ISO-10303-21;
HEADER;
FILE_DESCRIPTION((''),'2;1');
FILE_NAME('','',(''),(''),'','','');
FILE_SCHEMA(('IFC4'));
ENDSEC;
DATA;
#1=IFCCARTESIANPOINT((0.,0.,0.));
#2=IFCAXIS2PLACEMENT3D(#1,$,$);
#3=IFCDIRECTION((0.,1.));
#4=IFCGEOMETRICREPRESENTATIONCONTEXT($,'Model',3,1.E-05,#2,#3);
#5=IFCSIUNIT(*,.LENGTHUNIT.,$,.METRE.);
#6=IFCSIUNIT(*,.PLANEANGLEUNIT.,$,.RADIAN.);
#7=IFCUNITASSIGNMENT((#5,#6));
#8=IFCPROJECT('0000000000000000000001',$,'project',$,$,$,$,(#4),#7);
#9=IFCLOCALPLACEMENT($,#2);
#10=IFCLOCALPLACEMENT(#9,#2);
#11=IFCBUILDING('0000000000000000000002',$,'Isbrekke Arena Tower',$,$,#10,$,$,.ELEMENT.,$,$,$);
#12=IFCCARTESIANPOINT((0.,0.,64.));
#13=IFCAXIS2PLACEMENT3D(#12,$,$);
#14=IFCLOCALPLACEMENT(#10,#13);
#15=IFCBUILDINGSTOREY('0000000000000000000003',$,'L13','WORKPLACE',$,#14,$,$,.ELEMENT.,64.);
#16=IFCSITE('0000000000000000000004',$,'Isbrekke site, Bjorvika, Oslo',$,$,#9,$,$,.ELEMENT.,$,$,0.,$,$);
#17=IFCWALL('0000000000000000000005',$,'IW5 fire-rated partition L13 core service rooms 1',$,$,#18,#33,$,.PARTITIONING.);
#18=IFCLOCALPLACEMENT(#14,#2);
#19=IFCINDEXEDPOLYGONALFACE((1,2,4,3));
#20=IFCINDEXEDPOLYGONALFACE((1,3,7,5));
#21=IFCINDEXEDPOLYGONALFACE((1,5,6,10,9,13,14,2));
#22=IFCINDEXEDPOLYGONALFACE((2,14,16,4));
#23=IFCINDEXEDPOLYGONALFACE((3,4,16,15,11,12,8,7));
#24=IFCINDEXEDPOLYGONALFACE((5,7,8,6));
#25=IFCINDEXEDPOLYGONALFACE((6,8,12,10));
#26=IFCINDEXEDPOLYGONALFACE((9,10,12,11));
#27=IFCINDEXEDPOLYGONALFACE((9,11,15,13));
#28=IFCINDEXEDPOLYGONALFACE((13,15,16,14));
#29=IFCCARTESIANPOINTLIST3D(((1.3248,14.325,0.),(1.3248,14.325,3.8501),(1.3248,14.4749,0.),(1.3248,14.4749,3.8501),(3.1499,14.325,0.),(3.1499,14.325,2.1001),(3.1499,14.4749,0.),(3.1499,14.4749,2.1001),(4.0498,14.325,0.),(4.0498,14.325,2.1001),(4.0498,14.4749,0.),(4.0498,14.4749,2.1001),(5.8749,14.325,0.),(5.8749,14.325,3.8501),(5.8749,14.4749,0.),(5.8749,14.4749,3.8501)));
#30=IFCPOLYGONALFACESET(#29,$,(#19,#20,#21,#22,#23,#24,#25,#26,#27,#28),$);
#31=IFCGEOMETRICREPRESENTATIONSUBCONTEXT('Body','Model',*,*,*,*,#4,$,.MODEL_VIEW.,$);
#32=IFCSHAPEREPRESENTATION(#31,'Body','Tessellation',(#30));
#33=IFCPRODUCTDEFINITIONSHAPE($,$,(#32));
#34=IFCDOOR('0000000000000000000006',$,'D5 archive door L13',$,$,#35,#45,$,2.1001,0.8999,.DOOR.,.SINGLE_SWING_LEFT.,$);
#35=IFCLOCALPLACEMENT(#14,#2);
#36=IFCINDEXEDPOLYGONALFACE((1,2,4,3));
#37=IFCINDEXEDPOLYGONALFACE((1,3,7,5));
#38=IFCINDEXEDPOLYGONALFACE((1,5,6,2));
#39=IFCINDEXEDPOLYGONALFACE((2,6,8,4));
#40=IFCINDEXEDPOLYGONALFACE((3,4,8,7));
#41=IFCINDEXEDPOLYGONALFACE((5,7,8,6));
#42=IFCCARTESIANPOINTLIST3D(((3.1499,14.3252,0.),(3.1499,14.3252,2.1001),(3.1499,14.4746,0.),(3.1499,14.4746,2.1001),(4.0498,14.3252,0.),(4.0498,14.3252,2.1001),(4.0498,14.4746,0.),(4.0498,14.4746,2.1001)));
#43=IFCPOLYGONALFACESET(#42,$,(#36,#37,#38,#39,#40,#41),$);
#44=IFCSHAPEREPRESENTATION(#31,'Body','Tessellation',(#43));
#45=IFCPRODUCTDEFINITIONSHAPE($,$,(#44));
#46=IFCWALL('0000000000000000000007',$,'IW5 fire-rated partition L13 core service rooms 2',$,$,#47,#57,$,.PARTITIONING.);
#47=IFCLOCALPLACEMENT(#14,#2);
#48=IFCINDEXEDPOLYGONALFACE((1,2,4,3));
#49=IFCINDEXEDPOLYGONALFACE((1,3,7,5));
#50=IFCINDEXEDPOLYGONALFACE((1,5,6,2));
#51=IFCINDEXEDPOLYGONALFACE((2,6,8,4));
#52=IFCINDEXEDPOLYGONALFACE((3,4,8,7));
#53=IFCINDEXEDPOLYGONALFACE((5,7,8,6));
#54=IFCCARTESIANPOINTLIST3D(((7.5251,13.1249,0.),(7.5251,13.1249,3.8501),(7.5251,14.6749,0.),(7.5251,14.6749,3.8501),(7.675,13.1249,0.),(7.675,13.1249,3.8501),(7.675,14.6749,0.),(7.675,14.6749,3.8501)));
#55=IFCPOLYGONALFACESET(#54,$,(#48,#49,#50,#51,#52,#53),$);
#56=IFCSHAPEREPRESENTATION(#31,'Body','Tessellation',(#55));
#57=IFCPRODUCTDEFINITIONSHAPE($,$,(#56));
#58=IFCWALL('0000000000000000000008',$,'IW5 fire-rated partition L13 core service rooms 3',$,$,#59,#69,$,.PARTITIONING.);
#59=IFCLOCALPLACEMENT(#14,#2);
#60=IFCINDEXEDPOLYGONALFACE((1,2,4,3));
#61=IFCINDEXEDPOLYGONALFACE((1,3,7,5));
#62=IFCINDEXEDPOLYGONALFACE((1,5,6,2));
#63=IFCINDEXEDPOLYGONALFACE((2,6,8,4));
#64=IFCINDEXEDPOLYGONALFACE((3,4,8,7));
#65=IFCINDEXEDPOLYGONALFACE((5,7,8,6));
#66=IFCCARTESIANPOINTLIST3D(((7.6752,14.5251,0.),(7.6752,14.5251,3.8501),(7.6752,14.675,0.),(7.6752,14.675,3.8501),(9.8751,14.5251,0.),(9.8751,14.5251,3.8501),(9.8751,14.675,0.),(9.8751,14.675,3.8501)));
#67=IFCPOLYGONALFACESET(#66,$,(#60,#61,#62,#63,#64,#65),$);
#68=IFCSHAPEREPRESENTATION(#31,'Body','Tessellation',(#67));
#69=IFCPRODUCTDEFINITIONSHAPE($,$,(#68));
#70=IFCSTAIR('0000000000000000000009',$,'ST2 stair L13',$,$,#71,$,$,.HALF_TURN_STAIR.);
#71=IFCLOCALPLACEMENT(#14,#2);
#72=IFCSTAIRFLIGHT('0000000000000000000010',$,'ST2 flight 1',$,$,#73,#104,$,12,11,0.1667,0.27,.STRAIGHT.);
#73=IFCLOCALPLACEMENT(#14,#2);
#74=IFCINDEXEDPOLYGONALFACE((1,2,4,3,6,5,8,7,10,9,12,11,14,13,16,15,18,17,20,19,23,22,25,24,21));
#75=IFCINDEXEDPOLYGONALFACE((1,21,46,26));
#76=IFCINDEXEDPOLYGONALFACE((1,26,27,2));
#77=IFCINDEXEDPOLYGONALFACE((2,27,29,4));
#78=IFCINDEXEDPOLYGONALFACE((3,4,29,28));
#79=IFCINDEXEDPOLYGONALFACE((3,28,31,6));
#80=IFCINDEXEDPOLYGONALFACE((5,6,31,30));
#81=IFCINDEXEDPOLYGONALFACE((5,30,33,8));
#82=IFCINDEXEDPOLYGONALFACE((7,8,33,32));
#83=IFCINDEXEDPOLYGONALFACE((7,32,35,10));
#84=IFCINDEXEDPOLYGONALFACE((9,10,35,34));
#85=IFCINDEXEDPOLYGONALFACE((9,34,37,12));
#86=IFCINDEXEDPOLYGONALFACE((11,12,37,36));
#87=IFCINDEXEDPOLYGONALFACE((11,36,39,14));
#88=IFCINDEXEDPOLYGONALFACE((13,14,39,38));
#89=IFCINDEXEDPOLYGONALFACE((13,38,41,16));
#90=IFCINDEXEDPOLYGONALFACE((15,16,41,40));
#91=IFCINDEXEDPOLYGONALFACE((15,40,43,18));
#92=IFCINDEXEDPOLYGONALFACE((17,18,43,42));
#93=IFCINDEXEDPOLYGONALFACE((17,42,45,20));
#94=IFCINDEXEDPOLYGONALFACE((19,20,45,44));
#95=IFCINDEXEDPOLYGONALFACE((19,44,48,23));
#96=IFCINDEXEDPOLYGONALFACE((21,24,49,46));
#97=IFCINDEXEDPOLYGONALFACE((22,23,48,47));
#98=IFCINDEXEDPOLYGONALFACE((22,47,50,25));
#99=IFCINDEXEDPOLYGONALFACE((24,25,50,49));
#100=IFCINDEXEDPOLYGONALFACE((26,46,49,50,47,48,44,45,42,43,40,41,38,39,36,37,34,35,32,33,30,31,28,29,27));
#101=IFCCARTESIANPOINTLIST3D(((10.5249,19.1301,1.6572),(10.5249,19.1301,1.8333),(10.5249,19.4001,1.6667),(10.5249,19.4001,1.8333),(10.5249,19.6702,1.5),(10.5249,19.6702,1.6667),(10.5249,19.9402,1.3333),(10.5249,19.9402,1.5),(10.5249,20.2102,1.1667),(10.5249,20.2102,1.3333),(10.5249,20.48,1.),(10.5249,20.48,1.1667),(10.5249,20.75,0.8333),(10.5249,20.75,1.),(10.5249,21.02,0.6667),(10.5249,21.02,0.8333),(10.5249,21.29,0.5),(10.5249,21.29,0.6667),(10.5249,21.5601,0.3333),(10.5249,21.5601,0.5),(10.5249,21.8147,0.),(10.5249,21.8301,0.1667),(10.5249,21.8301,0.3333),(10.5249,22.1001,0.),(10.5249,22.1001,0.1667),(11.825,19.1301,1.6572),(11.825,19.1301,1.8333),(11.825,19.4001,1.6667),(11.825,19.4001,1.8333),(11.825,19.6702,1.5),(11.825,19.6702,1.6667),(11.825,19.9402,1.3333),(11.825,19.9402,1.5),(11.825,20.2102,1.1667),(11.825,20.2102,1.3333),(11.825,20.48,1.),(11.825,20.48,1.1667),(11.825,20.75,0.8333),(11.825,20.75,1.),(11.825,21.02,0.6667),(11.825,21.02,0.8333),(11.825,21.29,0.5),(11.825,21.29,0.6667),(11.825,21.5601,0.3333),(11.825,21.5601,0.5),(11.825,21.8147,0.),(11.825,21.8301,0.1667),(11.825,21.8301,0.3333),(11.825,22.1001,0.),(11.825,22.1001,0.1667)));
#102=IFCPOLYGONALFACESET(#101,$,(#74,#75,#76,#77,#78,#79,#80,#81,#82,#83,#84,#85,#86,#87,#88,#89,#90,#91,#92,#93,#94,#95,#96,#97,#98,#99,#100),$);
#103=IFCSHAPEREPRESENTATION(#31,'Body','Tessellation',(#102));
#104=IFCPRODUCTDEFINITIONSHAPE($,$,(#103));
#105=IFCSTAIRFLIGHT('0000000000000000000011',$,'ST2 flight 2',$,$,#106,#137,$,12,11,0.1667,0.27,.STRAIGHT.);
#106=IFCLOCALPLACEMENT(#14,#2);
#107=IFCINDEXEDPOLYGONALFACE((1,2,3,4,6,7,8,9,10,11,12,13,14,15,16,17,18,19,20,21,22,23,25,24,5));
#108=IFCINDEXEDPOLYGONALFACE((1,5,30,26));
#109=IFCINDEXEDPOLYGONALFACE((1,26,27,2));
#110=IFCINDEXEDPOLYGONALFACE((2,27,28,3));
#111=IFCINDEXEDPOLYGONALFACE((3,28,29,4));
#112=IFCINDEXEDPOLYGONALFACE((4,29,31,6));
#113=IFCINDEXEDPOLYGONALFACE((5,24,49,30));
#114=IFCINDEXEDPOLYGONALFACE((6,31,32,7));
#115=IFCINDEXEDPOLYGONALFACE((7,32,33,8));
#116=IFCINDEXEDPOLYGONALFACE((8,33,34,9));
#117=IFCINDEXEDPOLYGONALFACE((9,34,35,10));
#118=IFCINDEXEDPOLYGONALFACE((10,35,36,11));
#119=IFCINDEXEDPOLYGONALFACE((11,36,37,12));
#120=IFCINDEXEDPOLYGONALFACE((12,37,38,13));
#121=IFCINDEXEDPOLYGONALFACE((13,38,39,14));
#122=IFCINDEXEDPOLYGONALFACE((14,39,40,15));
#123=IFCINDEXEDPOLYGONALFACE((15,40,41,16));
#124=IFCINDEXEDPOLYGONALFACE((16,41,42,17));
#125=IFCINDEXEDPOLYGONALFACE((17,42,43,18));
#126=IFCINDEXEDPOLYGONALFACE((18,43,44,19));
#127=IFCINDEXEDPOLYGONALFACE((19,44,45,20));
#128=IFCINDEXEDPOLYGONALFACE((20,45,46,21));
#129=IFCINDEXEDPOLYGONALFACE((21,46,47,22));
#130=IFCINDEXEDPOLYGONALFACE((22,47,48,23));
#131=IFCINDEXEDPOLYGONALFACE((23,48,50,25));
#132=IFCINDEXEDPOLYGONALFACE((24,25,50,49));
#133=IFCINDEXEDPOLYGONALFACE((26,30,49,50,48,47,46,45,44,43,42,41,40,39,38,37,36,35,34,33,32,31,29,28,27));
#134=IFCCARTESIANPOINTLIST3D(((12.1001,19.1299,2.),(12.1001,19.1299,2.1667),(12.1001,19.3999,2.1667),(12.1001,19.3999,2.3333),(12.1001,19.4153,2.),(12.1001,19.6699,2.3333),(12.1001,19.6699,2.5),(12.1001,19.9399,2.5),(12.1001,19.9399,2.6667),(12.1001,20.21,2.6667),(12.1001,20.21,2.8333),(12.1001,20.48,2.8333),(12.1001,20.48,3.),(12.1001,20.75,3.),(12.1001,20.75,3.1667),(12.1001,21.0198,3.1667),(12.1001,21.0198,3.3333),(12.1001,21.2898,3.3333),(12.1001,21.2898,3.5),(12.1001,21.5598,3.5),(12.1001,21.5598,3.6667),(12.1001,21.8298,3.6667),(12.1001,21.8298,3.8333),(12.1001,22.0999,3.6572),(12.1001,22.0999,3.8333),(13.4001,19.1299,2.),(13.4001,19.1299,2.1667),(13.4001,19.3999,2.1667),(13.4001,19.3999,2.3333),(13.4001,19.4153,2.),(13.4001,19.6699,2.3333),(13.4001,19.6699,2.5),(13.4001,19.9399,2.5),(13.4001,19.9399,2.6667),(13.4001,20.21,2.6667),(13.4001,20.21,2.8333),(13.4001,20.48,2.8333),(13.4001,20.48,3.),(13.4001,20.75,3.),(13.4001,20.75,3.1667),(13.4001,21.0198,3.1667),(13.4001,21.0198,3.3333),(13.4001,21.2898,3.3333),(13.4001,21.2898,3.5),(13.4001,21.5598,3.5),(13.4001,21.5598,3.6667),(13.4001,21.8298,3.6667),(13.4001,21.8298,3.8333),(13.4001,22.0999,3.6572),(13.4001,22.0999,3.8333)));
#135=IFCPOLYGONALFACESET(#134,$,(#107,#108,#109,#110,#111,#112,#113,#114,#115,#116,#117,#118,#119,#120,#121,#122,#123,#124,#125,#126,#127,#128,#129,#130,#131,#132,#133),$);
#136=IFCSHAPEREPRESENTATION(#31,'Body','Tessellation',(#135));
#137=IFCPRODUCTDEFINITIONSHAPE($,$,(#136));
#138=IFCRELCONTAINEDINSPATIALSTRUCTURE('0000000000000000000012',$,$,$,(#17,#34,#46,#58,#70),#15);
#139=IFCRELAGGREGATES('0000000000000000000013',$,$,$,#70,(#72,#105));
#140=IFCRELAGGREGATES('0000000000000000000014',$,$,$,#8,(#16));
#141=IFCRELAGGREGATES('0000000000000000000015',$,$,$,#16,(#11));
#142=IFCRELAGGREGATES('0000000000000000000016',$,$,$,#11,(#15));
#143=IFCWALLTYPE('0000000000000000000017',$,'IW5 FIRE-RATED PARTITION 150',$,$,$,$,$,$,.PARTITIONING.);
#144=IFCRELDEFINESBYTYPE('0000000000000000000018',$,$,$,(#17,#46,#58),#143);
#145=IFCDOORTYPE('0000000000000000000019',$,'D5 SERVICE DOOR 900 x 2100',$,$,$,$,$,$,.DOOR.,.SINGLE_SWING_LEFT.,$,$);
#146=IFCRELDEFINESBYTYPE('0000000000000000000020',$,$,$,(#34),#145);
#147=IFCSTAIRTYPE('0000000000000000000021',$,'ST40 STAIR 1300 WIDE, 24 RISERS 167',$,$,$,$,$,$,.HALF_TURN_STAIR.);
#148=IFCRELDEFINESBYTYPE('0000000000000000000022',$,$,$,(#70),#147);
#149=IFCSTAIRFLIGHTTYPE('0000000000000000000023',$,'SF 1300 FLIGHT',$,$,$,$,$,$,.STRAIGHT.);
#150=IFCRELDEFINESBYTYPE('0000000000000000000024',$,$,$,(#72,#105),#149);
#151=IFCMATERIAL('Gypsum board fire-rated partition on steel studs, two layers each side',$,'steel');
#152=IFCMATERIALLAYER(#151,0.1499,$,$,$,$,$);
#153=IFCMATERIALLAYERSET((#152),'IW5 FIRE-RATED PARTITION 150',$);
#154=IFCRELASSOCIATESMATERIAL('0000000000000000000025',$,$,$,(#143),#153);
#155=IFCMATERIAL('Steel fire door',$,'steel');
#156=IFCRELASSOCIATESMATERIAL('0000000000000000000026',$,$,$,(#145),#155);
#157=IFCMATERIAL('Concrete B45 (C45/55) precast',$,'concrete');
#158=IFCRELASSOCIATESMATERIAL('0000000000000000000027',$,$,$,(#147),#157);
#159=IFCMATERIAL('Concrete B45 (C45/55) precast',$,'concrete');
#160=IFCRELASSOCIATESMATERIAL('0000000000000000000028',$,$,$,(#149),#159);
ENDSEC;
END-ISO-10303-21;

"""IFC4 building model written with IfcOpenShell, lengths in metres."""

from ifc_helpers import new_model, si_unit, direction, frame, frame_2d, origin, place, context, subcontext, project, spatial, polyline, rectangle, outline, extrude, material, layer, layer_set, type_object, element, fill, aggregate, save


model = new_model("IFC4")

# Units and contexts
model_context = context("Model", 3, precision=1e-05, world=origin(), true_north=direction((0.0, 1.0)))
body_context = subcontext(model_context, "Body", "Model", "MODEL_VIEW")
ifc_project = project(units=[si_unit("LENGTHUNIT", "METRE"), si_unit("PLANEANGLEUNIT", "RADIAN")], contexts=[model_context])

# Site, building, storey
site_placement = place(None, origin())
site = spatial("IfcSite", under=ifc_project, at=site_placement, Name="Isbrekke site, Bjorvika, Oslo", CompositionType="ELEMENT", RefElevation=0.0)
building_placement = place(site_placement, origin())
building = spatial("IfcBuilding", under=site, at=building_placement, Name="Isbrekke Arena Tower", CompositionType="ELEMENT")
storey_placement = place(building_placement, frame((0.0, 0.0, 64.0)))
storey = spatial("IfcBuildingStorey", under=building, at=storey_placement, Name="L13", Description="WORKPLACE", CompositionType="ELEMENT", Elevation=64.0)

# Wall, opening, door
ifc_material_1 = material(Name="Gypsum board fire-rated partition on steel studs, two layers each side", Category="steel")
ifc_layer_1 = layer(ifc_material_1, 0.1499)
ifc_layer_set_1 = layer_set([ifc_layer_1], Name="IW5 FIRE-RATED PARTITION 150")
wall_type_1 = type_object("IfcWallType", Name="IW5 FIRE-RATED PARTITION 150", PredefinedType="PARTITIONING", material=ifc_layer_set_1)
ifc_material_2 = material(Name="Steel fire door", Category="steel")
door_type_1 = type_object("IfcDoorType", Name="D5 SERVICE DOOR 900 x 2100", OperationType="SINGLE_SWING_LEFT", PredefinedType="DOOR", material=ifc_material_2)
wall_1_placement = place(storey_placement, frame((1.325, 14.3999, 0.0), z_axis=(0.0, 0.0, 1.0), x_axis=(1.0, 0.0, 0.0)))
wall_1 = element("IfcWall", 1, at=wall_1_placement, inside=storey, type_object=wall_type_1, Name="IW5 fire-rated partition L13 core service rooms 1", PredefinedType="PARTITIONING", context=body_context, shape_type="SweptSolid", body=[
    extrude(rectangle(XDim=4.55, YDim=0.1499, at=frame_2d((2.2749, 0.0))), origin(), (0.0, 0.0, 1.0), 3.8501),
])
opening_1_placement = place(wall_1_placement, frame((1.825, 0.0, 0.0)))
opening_1 = element("IfcOpeningElement", 2, at=opening_1_placement, cuts=wall_1, PredefinedType="OPENING", context=body_context, shape_type="SweptSolid", body=[
    extrude(rectangle(XDim=0.8999, YDim=2.1001, at=frame_2d((0.45, 1.05))), frame((0.0, 0.0898, 0.0), z_axis=(0.0, -1.0, 0.0), x_axis=(1.0, 0.0, 0.0)), (0.0, 0.0, 1.0), 0.1797),
])
door_1_placement = place(opening_1_placement, origin())
door_1 = element("IfcDoor", 3, at=door_1_placement, inside=storey, type_object=door_type_1, Name="D5 archive door L13", OperationType="SINGLE_SWING_LEFT", OverallHeight=2.1001, OverallWidth=0.8999, PredefinedType="DOOR", context=body_context, shape_type="SweptSolid", body=[
    extrude(rectangle(XDim=0.8999, YDim=2.1001, at=frame_2d((0.45, 1.05))), frame((0.0, 0.0747, 0.0), z_axis=(0.0, -1.0, 0.0), x_axis=(1.0, 0.0, 0.0)), (0.0, 0.0, 1.0), 0.1494),
])
fill(opening_1, door_1)

# Walls
wall_2_placement = place(storey_placement, frame((7.6001, 13.125, 0.0), z_axis=(0.0, 0.0, 1.0), x_axis=(0.0, 1.0, 0.0)))
element("IfcWall", 4, at=wall_2_placement, inside=storey, type_object=wall_type_1, Name="IW5 fire-rated partition L13 core service rooms 2", PredefinedType="PARTITIONING", context=body_context, shape_type="SweptSolid", body=[
    extrude(rectangle(XDim=1.55, YDim=0.1499, at=frame_2d((0.7749, 0.0))), origin(), (0.0, 0.0, 1.0), 3.8501),
])
wall_3_placement = place(storey_placement, frame((7.675, 14.6001, 0.0), z_axis=(0.0, 0.0, 1.0), x_axis=(1.0, 0.0, 0.0)))
element("IfcWall", 5, at=wall_3_placement, inside=storey, type_object=wall_type_1, Name="IW5 fire-rated partition L13 core service rooms 3", PredefinedType="PARTITIONING", context=body_context, shape_type="SweptSolid", body=[
    extrude(rectangle(XDim=2.2, YDim=0.1499, at=frame_2d((1.1001, 0.0))), origin(), (0.0, 0.0, 1.0), 3.8501),
])

# Stair, stair flights
ifc_material_3 = material(Name="Concrete B45 (C45/55) precast", Category="concrete")
stair_type = type_object("IfcStairType", Name="ST40 STAIR 1300 WIDE, 24 RISERS 167", PredefinedType="HALF_TURN_STAIR", material=ifc_material_3)
stair_placement = place(storey_placement, origin())
stair = element("IfcStair", 6, at=stair_placement, inside=storey, type_object=stair_type, Name="ST2 stair L13", PredefinedType="HALF_TURN_STAIR")
ifc_material_4 = material(Name="Concrete B45 (C45/55) precast", Category="concrete")
stair_flight_type = type_object("IfcStairFlightType", Name="SF 1300 FLIGHT", PredefinedType="STRAIGHT", material=ifc_material_4)
stair_flight_1_placement = place(storey_placement, frame((11.175, 22.1001, 0.0), z_axis=(0.0, 0.0, 1.0), x_axis=(0.0, -1.0, 0.0)))
stair_flight_1 = element("IfcStairFlight", 7, at=stair_flight_1_placement, type_object=stair_flight_type, Name="ST2 flight 1", NumberOfRisers=12, NumberOfTreads=11, PredefinedType="STRAIGHT", RiserHeight=0.1667, TreadLength=0.27, context=body_context, shape_type="SweptSolid", body=[
    extrude(outline(polyline([(0.0, 0.0), (0.0, 0.1667), (0.27, 0.1667), (0.27, 0.3333), (0.54, 0.3333), (0.54, 0.5), (0.8101, 0.5), (0.8101, 0.6667), (1.0801, 0.6667), (1.0801, 0.8333), (1.3501, 0.8333), (1.3501, 1.0), (1.6201, 1.0), (1.6201, 1.1667), (1.8899, 1.1667), (1.8899, 1.3333), (2.1599, 1.3333), (2.1599, 1.5), (2.4299, 1.5), (2.4299, 1.6667), (2.7, 1.6667), (2.7, 1.8333), (2.97, 1.8333), (2.97, 2.0), (2.97, 1.6572), (0.2854, 0.0), (0.0, 0.0)])), frame((0.0, 0.6499, 0.0), z_axis=(0.0, -1.0, 0.0), x_axis=(1.0, 0.0, 0.0)), (0.0, 0.0, 1.0), 1.3),
])
stair_flight_2_placement = place(storey_placement, frame((12.75, 19.1299, 2.0), z_axis=(0.0, 0.0, 1.0), x_axis=(0.0, 1.0, 0.0)))
stair_flight_2 = element("IfcStairFlight", 8, at=stair_flight_2_placement, type_object=stair_flight_type, Name="ST2 flight 2", NumberOfRisers=12, NumberOfTreads=11, PredefinedType="STRAIGHT", RiserHeight=0.1667, TreadLength=0.27, context=body_context, shape_type="SweptSolid", body=[
    extrude(outline(polyline([(0.0, 0.0), (0.0, 0.1667), (0.27, 0.1667), (0.27, 0.3333), (0.54, 0.3333), (0.54, 0.5), (0.8101, 0.5), (0.8101, 0.6667), (1.0801, 0.6667), (1.0801, 0.8333), (1.3501, 0.8333), (1.3501, 1.0), (1.6201, 1.0), (1.6201, 1.1667), (1.8899, 1.1667), (1.8899, 1.3333), (2.1599, 1.3333), (2.1599, 1.5), (2.4299, 1.5), (2.4299, 1.6667), (2.7, 1.6667), (2.7, 1.8333), (2.97, 1.8333), (2.97, 2.0), (2.97, 1.6572), (0.2854, 0.0), (0.0, 0.0)])), frame((0.0, 0.6499, 0.0), z_axis=(0.0, -1.0, 0.0), x_axis=(1.0, 0.0, 0.0)), (0.0, 0.0, 1.0), 1.3),
])
aggregate(stair, [stair_flight_1, stair_flight_2])

save(model, "model.ifc")
